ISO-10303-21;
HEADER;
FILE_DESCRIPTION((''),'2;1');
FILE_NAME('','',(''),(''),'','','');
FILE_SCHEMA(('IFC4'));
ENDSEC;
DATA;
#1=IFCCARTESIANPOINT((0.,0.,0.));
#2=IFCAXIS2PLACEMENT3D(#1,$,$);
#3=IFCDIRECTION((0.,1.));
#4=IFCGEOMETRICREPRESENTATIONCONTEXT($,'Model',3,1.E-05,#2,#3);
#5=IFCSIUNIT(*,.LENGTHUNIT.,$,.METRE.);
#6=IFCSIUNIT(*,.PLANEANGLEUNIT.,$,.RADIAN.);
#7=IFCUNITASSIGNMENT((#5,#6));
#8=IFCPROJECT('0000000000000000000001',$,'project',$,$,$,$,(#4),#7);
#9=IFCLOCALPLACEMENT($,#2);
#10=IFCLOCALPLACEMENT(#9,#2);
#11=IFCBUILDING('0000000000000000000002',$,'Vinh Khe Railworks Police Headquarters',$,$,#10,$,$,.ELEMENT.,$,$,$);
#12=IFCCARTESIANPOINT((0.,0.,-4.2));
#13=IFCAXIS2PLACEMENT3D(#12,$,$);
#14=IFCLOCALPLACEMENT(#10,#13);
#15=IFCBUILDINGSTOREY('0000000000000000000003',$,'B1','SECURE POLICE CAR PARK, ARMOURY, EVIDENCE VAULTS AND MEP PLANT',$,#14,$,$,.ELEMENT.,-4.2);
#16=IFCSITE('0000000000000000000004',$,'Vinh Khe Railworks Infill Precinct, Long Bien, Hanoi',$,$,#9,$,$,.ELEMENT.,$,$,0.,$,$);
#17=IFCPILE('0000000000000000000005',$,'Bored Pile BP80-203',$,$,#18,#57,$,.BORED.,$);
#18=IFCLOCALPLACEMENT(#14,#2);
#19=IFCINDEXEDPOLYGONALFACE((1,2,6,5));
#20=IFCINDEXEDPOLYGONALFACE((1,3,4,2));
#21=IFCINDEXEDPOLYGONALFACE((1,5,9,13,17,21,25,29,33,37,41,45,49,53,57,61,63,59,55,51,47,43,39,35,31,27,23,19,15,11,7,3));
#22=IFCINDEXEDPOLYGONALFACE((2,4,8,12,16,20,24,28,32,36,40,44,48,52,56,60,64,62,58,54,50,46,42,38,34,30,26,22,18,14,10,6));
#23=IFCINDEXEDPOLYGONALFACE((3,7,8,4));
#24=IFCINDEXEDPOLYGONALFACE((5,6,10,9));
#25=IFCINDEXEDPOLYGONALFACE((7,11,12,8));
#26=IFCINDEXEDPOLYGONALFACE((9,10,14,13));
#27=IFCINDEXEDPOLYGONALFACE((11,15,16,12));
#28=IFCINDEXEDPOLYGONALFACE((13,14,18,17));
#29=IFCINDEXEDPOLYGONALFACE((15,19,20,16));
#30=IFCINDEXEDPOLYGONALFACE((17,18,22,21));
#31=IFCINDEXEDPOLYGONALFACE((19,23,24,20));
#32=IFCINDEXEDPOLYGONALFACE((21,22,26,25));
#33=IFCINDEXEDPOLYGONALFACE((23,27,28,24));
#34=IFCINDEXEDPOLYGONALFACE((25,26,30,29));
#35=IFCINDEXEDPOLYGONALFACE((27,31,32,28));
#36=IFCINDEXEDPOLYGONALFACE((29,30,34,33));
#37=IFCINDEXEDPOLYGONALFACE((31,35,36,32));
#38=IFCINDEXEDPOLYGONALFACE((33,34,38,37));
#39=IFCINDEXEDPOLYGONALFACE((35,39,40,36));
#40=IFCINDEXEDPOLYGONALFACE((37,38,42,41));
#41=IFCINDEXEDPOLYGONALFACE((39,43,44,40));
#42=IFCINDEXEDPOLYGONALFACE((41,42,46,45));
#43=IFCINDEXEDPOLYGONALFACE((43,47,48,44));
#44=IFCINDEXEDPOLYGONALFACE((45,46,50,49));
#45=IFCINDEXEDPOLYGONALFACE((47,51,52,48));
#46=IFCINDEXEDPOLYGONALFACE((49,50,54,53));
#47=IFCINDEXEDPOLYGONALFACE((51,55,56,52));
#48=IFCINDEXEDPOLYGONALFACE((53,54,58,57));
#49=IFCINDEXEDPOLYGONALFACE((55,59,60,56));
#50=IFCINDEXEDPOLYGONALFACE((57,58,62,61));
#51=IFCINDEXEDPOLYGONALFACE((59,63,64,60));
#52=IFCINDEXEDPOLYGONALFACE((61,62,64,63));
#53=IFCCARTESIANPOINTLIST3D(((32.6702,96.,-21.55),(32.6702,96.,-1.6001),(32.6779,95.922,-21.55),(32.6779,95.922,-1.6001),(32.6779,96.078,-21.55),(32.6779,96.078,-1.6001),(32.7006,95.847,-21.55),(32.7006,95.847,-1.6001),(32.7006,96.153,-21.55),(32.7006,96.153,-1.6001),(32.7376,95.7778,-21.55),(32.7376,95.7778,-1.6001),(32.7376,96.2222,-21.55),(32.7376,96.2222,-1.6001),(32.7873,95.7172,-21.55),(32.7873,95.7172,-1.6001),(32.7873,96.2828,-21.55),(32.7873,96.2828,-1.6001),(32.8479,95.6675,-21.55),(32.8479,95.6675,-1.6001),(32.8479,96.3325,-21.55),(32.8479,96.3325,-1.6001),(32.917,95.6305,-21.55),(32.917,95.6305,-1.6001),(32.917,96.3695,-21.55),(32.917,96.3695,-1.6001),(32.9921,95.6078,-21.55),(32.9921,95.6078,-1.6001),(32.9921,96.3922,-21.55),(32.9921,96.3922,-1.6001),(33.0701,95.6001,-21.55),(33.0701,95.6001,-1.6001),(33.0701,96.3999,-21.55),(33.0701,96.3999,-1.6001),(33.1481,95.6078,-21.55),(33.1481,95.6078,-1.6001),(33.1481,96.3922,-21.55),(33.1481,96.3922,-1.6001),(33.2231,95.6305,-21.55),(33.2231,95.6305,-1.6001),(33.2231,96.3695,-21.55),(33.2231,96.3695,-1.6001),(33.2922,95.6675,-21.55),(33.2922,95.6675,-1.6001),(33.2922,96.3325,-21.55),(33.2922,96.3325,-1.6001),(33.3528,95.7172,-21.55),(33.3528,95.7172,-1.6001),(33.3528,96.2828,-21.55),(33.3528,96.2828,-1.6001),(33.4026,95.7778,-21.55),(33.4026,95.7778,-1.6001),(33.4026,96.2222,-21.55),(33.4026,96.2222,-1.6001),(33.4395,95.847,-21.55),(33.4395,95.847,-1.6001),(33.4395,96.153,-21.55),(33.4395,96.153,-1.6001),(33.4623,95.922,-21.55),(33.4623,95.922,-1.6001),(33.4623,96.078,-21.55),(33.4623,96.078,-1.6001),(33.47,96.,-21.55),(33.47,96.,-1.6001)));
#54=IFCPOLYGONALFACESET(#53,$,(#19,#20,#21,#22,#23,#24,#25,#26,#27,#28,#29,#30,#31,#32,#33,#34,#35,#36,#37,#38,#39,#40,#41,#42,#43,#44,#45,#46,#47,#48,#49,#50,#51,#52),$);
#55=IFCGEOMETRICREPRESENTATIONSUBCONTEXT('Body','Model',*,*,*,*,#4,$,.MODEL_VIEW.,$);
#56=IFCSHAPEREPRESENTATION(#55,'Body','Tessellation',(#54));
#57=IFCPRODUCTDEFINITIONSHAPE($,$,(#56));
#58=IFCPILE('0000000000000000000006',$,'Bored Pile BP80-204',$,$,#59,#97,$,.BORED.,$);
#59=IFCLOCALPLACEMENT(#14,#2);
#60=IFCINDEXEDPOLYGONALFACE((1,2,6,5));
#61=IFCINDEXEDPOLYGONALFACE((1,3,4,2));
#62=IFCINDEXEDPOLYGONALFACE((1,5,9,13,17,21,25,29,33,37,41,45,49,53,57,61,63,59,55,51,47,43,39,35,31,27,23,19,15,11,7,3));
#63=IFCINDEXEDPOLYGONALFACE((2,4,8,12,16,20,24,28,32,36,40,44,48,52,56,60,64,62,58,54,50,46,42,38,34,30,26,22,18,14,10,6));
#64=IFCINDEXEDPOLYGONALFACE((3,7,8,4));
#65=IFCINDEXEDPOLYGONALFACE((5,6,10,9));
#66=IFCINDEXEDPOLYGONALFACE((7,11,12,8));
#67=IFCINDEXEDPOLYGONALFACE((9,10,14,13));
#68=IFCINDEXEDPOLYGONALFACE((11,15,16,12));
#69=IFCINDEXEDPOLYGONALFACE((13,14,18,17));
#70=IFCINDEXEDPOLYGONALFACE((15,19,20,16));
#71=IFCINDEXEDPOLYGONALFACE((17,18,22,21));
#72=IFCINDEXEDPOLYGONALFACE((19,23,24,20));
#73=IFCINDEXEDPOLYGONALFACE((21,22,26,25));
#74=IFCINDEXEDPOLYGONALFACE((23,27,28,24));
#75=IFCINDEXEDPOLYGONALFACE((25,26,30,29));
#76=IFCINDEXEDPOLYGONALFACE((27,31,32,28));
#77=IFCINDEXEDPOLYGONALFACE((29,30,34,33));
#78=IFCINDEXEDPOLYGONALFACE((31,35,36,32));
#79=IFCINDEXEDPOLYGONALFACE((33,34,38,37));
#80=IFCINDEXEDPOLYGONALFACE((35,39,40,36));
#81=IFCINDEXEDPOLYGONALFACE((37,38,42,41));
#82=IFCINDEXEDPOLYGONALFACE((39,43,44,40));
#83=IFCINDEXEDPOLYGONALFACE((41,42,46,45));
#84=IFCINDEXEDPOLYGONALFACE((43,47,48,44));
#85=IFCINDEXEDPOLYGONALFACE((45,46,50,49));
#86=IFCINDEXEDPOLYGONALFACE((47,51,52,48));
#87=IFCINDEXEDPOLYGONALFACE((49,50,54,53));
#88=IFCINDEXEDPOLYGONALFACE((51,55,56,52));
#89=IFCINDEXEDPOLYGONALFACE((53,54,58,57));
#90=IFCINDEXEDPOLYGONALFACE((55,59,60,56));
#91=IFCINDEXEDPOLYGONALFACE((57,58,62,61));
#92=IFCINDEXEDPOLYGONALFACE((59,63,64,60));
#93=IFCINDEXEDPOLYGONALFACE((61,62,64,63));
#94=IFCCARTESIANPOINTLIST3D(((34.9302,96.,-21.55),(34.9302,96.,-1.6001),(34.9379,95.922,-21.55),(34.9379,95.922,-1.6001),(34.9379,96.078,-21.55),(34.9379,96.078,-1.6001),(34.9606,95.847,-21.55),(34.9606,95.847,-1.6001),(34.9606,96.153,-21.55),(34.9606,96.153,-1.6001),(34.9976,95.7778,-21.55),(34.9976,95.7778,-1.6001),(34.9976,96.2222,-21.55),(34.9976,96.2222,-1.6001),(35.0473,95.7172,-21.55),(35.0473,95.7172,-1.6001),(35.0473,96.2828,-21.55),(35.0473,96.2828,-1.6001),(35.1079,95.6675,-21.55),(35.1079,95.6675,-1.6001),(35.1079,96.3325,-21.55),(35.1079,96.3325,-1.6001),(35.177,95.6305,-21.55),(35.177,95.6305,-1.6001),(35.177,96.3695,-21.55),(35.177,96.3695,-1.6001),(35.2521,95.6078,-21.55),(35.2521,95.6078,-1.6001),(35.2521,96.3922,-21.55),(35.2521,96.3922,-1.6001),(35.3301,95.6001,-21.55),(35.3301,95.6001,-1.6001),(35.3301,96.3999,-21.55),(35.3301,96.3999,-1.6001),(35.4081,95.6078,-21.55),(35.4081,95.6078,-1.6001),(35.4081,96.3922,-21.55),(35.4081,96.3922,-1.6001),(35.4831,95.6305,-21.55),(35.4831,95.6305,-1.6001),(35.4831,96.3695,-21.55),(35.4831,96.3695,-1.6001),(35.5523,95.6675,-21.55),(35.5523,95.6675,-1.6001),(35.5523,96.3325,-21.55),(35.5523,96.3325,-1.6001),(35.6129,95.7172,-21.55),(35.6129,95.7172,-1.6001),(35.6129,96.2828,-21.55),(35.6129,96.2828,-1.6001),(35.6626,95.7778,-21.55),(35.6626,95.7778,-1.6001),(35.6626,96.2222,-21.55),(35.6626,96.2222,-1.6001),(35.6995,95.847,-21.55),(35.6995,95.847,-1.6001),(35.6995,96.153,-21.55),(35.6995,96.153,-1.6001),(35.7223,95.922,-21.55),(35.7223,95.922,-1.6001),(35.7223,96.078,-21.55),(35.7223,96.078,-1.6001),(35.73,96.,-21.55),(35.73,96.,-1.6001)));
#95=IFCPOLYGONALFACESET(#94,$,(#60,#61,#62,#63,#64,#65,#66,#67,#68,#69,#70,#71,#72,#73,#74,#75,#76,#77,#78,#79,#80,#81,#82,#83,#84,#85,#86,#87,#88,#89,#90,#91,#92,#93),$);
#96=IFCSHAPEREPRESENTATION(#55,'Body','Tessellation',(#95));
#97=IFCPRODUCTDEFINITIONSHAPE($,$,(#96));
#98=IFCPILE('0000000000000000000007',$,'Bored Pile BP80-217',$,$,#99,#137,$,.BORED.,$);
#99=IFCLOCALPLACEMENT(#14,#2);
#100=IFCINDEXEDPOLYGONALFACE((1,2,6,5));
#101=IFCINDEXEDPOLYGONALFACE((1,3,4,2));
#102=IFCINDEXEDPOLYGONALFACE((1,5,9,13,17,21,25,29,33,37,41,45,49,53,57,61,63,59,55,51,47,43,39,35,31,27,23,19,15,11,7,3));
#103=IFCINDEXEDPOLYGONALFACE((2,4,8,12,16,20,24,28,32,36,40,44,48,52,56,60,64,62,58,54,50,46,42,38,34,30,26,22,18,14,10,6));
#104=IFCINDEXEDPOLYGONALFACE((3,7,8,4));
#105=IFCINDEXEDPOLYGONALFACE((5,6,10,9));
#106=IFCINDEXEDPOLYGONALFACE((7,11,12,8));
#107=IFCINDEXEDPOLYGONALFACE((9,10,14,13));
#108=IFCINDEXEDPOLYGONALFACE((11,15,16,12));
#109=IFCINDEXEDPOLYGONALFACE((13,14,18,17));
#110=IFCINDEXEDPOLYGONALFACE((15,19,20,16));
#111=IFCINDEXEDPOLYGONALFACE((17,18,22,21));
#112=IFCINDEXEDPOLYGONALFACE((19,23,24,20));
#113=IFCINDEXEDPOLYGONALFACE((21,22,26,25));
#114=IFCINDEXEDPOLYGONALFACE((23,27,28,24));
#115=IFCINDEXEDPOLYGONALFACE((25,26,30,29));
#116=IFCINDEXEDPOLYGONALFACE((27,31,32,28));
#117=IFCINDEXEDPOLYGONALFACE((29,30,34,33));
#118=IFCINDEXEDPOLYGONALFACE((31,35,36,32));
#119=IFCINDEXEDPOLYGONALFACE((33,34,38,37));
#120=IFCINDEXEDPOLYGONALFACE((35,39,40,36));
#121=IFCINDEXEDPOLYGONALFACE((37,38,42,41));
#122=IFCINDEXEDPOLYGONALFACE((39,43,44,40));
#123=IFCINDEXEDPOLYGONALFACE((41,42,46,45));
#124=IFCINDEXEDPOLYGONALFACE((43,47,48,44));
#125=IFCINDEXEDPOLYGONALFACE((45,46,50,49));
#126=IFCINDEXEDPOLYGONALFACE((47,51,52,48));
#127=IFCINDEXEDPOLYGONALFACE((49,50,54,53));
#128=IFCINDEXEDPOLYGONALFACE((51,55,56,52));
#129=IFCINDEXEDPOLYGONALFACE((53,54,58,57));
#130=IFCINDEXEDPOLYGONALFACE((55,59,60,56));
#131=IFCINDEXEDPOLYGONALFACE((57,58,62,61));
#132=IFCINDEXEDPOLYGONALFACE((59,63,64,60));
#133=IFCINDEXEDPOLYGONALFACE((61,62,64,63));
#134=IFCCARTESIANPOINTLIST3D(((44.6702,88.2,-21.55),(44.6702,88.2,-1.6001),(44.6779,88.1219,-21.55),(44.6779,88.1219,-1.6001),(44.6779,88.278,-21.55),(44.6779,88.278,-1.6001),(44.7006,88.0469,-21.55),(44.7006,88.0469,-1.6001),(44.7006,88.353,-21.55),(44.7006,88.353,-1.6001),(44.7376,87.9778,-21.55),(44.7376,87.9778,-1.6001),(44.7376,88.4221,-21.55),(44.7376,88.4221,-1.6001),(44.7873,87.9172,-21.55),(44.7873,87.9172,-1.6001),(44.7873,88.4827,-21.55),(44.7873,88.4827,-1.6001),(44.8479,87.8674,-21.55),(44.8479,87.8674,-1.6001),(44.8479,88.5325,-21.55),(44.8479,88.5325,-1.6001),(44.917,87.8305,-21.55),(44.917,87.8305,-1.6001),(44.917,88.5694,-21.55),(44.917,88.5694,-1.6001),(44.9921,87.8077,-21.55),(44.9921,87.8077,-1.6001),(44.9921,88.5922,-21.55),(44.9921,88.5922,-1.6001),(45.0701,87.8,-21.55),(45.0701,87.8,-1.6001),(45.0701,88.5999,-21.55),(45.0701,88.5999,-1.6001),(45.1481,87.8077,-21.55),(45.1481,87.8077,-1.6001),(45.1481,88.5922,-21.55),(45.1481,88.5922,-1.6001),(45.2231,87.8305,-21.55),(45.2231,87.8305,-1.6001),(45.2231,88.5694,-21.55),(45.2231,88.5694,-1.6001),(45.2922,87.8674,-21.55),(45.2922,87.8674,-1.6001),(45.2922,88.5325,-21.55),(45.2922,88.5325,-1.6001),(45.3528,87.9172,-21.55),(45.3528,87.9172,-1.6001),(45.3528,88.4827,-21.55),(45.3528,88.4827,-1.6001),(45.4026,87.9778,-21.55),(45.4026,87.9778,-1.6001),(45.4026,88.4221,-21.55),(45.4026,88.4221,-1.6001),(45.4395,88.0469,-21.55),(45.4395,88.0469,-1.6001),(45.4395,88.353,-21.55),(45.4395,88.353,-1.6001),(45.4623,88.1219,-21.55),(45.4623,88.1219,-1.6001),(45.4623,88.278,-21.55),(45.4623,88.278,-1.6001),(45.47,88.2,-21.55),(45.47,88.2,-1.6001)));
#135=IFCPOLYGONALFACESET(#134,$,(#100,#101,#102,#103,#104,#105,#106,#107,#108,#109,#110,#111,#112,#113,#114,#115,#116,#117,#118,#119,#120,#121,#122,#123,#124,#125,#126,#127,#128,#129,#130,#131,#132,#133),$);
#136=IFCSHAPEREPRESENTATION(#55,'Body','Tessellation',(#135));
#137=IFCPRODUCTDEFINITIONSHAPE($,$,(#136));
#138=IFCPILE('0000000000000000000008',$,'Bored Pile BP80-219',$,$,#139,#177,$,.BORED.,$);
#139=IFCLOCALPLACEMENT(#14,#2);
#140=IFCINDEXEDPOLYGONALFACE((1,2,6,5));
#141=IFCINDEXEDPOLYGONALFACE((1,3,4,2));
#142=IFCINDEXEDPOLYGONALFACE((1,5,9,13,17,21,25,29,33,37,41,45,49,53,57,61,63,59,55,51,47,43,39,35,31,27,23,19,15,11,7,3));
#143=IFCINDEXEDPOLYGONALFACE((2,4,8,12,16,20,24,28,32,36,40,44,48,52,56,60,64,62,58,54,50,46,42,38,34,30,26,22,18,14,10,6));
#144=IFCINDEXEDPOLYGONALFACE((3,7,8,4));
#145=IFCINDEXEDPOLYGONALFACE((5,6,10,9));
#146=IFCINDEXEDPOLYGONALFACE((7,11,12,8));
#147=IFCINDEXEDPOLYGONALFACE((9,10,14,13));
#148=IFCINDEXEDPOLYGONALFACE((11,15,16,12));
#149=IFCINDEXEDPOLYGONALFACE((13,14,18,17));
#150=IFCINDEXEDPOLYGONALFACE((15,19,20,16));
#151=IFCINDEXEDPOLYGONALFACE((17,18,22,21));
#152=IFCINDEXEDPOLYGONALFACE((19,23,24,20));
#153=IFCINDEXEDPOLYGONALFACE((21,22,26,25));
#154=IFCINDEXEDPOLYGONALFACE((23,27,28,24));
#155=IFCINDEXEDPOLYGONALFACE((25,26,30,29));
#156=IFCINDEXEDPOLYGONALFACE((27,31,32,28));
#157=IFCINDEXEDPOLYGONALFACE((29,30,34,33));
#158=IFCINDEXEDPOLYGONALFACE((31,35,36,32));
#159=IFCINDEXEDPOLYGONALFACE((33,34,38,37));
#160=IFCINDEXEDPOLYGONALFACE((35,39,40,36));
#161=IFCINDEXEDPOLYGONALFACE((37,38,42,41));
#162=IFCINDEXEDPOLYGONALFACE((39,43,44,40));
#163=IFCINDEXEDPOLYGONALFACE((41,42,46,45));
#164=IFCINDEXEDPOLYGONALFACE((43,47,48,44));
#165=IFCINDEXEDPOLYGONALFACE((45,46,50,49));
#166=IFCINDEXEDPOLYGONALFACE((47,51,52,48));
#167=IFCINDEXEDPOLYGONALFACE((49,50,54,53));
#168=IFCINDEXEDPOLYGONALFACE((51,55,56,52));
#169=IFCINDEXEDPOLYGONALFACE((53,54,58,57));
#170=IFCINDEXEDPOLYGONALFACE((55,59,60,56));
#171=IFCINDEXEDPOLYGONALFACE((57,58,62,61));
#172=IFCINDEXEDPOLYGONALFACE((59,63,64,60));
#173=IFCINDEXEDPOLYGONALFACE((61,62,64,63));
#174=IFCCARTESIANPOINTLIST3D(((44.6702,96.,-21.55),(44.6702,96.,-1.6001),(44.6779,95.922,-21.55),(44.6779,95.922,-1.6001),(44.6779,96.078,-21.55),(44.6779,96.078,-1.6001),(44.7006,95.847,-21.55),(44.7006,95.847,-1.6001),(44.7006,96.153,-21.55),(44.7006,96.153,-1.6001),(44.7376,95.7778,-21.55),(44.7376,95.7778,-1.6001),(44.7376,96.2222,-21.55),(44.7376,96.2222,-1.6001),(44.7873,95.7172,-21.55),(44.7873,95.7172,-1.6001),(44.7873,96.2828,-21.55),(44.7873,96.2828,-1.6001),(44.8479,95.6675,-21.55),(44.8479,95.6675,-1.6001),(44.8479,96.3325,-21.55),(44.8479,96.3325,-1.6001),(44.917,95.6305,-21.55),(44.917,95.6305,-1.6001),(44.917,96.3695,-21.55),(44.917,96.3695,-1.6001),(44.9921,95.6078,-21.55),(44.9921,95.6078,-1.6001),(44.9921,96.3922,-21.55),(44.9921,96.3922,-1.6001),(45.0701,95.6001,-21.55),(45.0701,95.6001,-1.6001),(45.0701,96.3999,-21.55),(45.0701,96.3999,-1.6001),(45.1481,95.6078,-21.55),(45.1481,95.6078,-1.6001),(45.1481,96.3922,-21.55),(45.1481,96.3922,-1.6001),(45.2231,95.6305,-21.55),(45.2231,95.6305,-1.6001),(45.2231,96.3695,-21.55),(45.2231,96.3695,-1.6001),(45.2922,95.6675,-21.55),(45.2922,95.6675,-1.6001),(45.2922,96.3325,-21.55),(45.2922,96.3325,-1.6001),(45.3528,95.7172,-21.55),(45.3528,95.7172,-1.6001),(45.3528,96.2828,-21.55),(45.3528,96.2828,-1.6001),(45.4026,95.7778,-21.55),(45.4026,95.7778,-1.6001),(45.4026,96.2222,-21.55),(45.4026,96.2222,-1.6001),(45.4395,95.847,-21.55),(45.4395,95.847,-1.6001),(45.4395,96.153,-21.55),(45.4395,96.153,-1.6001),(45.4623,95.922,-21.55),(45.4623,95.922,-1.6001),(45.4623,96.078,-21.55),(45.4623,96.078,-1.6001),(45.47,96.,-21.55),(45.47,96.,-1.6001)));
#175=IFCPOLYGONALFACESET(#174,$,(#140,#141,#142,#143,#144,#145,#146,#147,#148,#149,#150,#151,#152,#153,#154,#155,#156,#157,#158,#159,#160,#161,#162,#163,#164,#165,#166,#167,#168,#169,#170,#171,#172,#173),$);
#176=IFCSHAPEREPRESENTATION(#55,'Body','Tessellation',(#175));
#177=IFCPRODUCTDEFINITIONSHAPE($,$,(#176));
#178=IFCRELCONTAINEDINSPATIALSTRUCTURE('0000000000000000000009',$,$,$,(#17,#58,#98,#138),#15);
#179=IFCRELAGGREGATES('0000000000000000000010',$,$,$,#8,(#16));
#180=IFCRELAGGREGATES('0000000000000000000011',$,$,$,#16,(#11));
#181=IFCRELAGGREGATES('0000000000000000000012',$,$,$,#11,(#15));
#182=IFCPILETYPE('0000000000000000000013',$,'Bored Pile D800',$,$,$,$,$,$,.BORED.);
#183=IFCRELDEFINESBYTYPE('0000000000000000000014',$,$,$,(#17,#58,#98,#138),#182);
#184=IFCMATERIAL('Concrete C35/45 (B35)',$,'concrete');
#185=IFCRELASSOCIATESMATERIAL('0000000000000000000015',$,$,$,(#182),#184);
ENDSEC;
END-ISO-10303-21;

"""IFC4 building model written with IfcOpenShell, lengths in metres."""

from ifc_helpers import new_model, si_unit, direction, frame, origin, origin_2d, place, context, subcontext, project, spatial, circle, extrude, material, material_profile, profile_set, type_object, element, save


model = new_model("IFC4")

# Units and contexts
model_context = context("Model", 3, precision=1e-05, world=origin(), true_north=direction((0.0, 1.0)))
body_context = subcontext(model_context, "Body", "Model", "MODEL_VIEW")
ifc_project = project(units=[si_unit("LENGTHUNIT", "METRE"), si_unit("PLANEANGLEUNIT", "RADIAN")], contexts=[model_context])

# Site, building, storey
site_placement = place(None, origin())
site = spatial("IfcSite", under=ifc_project, at=site_placement, Name="Vinh Khe Railworks Infill Precinct, Long Bien, Hanoi", CompositionType="ELEMENT", RefElevation=0.0)
building_placement = place(site_placement, origin())
building = spatial("IfcBuilding", under=site, at=building_placement, Name="Vinh Khe Railworks Police Headquarters", CompositionType="ELEMENT")
storey_placement = place(building_placement, frame((0.0, 0.0, -4.2)))
storey = spatial("IfcBuildingStorey", under=building, at=storey_placement, Name="B1", Description="SECURE POLICE CAR PARK, ARMOURY, EVIDENCE VAULTS AND MEP PLANT", CompositionType="ELEMENT", Elevation=-4.2)

# Piles
ifc_material_1 = material(Name="Concrete C35/45 (B35)", Category="concrete")
ifc_material_profile_1 = material_profile(ifc_material_1, circle(Radius=0.3999, at=origin_2d()), Name="BORED PILE D800")
ifc_profile_set_1 = profile_set([ifc_material_profile_1], Name="Concrete C35/45 (B35)")
pile_type_1 = type_object("IfcPileType", Name="Bored Pile D800", PredefinedType="BORED", material=ifc_profile_set_1)
for number, where, z_axis, x_axis, name in (
    (1, (33.0701, 96.0, -1.6001), (0.0, 0.0, -1.0), (1.0, 0.0, 0.0), "Bored Pile BP80-203"),
    (2, (35.3301, 96.0, -1.6001), (0.0, 0.0, -1.0), (1.0, 0.0, 0.0), "Bored Pile BP80-204"),
    (3, (45.0701, 88.2, -1.6001), (0.0, 0.0, -1.0), (1.0, 0.0, 0.0), "Bored Pile BP80-217"),
    (4, (45.0701, 96.0, -1.6001), (0.0, 0.0, -1.0), (1.0, 0.0, 0.0), "Bored Pile BP80-219"),
):
    element("IfcPile", number, at=place(storey_placement, frame(where, z_axis=z_axis, x_axis=x_axis)), inside=storey, type_object=pile_type_1, Name=name, PredefinedType="BORED", context=body_context, shape_type="SweptSolid", body=[
        extrude(circle(Radius=0.3999, at=origin_2d()), origin(), (0.0, 0.0, 1.0), 19.95),
    ])

save(model, "model.ifc")
